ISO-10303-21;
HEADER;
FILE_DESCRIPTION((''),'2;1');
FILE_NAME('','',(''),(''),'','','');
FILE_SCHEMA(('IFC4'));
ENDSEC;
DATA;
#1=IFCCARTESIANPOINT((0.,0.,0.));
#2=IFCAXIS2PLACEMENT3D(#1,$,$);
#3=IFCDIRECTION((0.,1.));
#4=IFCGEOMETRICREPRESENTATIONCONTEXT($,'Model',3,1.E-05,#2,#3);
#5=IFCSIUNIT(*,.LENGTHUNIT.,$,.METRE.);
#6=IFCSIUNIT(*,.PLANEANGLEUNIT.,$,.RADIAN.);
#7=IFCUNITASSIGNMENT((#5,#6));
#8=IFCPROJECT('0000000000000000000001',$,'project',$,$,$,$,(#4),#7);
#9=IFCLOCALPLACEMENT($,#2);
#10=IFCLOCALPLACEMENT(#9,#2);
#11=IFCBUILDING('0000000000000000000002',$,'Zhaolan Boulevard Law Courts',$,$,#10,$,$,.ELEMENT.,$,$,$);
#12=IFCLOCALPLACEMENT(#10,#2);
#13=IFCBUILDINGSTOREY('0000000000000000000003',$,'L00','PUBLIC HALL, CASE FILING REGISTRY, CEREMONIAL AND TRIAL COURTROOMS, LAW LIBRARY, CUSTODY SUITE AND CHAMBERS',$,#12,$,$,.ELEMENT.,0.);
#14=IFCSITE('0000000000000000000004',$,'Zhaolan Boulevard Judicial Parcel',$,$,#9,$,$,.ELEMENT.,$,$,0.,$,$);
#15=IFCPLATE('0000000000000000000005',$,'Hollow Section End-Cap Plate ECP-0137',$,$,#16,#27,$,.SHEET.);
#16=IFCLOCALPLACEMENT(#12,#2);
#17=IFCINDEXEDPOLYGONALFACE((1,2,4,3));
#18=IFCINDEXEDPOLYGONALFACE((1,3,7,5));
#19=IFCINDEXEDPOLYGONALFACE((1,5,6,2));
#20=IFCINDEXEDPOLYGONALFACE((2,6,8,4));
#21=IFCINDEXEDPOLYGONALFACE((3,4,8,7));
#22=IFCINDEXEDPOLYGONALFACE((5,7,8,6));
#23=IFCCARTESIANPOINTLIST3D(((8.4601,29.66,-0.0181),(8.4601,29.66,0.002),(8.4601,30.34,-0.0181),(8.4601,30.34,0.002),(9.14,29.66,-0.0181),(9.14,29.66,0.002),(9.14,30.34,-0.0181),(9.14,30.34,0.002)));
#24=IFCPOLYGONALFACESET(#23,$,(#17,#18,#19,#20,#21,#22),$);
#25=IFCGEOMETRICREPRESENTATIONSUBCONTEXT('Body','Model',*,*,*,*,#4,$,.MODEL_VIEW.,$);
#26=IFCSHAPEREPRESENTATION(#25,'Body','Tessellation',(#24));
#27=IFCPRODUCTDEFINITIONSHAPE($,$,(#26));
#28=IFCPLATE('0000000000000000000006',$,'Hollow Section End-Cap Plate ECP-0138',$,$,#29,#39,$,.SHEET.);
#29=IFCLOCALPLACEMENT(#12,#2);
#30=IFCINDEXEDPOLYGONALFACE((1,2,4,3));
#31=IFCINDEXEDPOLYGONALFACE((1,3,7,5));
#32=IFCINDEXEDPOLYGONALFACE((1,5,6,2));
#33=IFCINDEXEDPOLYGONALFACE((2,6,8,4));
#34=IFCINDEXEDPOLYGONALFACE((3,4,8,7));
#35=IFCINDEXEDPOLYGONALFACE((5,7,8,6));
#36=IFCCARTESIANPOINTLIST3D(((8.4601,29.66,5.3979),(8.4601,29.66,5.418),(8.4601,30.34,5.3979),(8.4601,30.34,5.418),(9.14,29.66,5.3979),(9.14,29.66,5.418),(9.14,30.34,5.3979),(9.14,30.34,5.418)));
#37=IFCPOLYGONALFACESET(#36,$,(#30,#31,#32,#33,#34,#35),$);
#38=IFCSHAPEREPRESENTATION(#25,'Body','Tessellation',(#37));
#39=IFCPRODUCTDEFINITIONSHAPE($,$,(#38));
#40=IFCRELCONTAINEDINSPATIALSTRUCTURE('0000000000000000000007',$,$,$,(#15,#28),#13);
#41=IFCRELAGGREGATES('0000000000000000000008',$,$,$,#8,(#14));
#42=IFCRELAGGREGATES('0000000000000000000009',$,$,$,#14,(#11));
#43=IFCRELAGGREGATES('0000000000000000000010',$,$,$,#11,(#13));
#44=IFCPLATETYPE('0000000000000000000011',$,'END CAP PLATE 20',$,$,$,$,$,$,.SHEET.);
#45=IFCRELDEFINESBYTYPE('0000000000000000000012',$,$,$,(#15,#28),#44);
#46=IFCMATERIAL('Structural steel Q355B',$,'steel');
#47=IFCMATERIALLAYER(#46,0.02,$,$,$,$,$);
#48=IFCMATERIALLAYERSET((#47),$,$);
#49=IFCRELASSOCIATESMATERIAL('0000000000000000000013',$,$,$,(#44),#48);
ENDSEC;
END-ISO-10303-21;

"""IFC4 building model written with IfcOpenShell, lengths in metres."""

from ifc_helpers import new_model, si_unit, direction, frame, origin, origin_2d, place, context, subcontext, project, spatial, rectangle, extrude, material, layer, layer_set, type_object, element, save


model = new_model("IFC4")

# Units and contexts
model_context = context("Model", 3, precision=1e-05, world=origin(), true_north=direction((0.0, 1.0)))
body_context = subcontext(model_context, "Body", "Model", "MODEL_VIEW")
ifc_project = project(units=[si_unit("LENGTHUNIT", "METRE"), si_unit("PLANEANGLEUNIT", "RADIAN")], contexts=[model_context])

# Site, building, storey
site_placement = place(None, origin())
site = spatial("IfcSite", under=ifc_project, at=site_placement, Name="Zhaolan Boulevard Judicial Parcel", CompositionType="ELEMENT", RefElevation=0.0)
building_placement = place(site_placement, origin())
building = spatial("IfcBuilding", under=site, at=building_placement, Name="Zhaolan Boulevard Law Courts", CompositionType="ELEMENT")
storey_placement = place(building_placement, origin())
storey = spatial("IfcBuildingStorey", under=building, at=storey_placement, Name="L00", Description="PUBLIC HALL, CASE FILING REGISTRY, CEREMONIAL AND TRIAL COURTROOMS, LAW LIBRARY, CUSTODY SUITE AND CHAMBERS", CompositionType="ELEMENT", Elevation=0.0)

# Plates
ifc_material_1 = material(Name="Structural steel Q355B", Category="steel")
ifc_layer_1 = layer(ifc_material_1, 0.02)
ifc_layer_set_1 = layer_set([ifc_layer_1])
plate_type_1 = type_object("IfcPlateType", Name="END CAP PLATE 20", PredefinedType="SHEET", material=ifc_layer_set_1)
for number, where, z_axis, x_axis, name in (
    (1, (8.8, 30.0, -0.0181), (0.0, 0.0, 1.0), (1.0, 0.0, 0.0), "Hollow Section End-Cap Plate ECP-0137"),
    (2, (8.8, 30.0, 5.3979), (0.0, 0.0, 1.0), (1.0, 0.0, 0.0), "Hollow Section End-Cap Plate ECP-0138"),
):
    element("IfcPlate", number, at=place(storey_placement, frame(where, z_axis=z_axis, x_axis=x_axis)), inside=storey, type_object=plate_type_1, Name=name, PredefinedType="SHEET", context=body_context, shape_type="SweptSolid", body=[
        extrude(rectangle(XDim=0.6799, YDim=0.6799, at=origin_2d()), origin(), (0.0, 0.0, 1.0), 0.02),
    ])

save(model, "model.ifc")
